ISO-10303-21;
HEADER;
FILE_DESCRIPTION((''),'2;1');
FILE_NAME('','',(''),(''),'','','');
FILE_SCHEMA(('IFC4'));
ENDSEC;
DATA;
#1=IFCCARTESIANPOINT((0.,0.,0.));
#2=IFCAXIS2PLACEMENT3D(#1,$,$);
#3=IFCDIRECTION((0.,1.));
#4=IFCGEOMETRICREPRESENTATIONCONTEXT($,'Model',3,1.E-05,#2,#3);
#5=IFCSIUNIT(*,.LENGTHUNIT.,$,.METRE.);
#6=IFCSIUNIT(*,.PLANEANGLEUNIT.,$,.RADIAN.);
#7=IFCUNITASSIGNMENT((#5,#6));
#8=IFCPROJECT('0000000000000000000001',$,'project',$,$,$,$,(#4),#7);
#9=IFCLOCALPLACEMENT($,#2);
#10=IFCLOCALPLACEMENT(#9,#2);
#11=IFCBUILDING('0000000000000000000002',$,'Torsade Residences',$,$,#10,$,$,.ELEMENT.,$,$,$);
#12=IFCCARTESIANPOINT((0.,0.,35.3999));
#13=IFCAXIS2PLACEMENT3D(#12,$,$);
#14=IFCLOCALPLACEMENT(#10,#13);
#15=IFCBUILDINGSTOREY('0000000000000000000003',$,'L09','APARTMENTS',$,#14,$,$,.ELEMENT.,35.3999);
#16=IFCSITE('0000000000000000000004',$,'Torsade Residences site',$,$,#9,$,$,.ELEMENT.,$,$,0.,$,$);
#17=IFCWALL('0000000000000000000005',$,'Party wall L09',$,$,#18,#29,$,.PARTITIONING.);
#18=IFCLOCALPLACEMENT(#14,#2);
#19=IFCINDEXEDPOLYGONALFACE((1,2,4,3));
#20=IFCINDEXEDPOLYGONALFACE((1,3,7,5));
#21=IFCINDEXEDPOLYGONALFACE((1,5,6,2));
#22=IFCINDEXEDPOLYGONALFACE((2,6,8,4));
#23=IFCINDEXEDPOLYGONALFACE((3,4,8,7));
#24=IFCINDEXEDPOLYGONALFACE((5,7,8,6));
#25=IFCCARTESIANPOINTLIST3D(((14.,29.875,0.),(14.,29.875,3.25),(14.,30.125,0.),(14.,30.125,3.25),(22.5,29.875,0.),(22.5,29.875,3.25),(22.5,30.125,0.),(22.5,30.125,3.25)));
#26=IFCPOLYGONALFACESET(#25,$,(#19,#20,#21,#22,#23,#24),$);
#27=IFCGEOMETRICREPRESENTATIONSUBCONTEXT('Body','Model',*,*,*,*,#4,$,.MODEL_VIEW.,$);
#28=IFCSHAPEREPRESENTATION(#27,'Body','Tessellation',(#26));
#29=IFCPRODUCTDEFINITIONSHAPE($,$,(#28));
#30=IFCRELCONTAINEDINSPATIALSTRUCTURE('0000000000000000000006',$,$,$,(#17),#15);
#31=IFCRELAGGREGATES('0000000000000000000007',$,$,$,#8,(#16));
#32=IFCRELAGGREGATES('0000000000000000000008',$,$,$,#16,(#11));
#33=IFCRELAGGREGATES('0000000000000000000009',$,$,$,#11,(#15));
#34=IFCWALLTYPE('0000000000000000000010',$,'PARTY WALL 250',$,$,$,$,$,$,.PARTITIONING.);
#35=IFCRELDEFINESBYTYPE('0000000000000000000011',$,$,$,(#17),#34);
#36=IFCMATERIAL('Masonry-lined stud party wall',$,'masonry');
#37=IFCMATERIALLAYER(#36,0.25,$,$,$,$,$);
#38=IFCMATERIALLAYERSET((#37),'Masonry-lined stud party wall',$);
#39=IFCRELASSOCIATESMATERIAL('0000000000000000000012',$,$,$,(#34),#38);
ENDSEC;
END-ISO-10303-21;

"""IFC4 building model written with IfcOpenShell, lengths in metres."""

from ifc_helpers import new_model, si_unit, direction, frame, frame_2d, origin, place, context, subcontext, project, spatial, rectangle, extrude, material, layer, layer_set, type_object, element, save


model = new_model("IFC4")

# Units and contexts
model_context = context("Model", 3, precision=1e-05, world=origin(), true_north=direction((0.0, 1.0)))
body_context = subcontext(model_context, "Body", "Model", "MODEL_VIEW")
ifc_project = project(units=[si_unit("LENGTHUNIT", "METRE"), si_unit("PLANEANGLEUNIT", "RADIAN")], contexts=[model_context])

# Site, building, storey
site_placement = place(None, origin())
site = spatial("IfcSite", under=ifc_project, at=site_placement, Name="Torsade Residences site", CompositionType="ELEMENT", RefElevation=0.0)
building_placement = place(site_placement, origin())
building = spatial("IfcBuilding", under=site, at=building_placement, Name="Torsade Residences", CompositionType="ELEMENT")
storey_placement = place(building_placement, frame((0.0, 0.0, 35.3999)))
storey = spatial("IfcBuildingStorey", under=building, at=storey_placement, Name="L09", Description="APARTMENTS", CompositionType="ELEMENT", Elevation=35.3999)

# Wall
ifc_material_1 = material(Name="Masonry-lined stud party wall", Category="masonry")
ifc_layer_1 = layer(ifc_material_1, 0.25)
ifc_layer_set_1 = layer_set([ifc_layer_1], Name="Masonry-lined stud party wall")
wall_type_1 = type_object("IfcWallType", Name="PARTY WALL 250", PredefinedType="PARTITIONING", material=ifc_layer_set_1)
wall_1_placement = place(storey_placement, frame((14.0, 30.0, 0.0), z_axis=(0.0, 0.0, 1.0), x_axis=(1.0, 0.0, 0.0)))
element("IfcWall", 1, at=wall_1_placement, inside=storey, type_object=wall_type_1, Name="Party wall L09", PredefinedType="PARTITIONING", context=body_context, shape_type="SweptSolid", body=[
    extrude(rectangle(XDim=8.5, YDim=0.25, at=frame_2d((4.25, 0.0))), origin(), (0.0, 0.0, 1.0), 3.25),
])

save(model, "model.ifc")
